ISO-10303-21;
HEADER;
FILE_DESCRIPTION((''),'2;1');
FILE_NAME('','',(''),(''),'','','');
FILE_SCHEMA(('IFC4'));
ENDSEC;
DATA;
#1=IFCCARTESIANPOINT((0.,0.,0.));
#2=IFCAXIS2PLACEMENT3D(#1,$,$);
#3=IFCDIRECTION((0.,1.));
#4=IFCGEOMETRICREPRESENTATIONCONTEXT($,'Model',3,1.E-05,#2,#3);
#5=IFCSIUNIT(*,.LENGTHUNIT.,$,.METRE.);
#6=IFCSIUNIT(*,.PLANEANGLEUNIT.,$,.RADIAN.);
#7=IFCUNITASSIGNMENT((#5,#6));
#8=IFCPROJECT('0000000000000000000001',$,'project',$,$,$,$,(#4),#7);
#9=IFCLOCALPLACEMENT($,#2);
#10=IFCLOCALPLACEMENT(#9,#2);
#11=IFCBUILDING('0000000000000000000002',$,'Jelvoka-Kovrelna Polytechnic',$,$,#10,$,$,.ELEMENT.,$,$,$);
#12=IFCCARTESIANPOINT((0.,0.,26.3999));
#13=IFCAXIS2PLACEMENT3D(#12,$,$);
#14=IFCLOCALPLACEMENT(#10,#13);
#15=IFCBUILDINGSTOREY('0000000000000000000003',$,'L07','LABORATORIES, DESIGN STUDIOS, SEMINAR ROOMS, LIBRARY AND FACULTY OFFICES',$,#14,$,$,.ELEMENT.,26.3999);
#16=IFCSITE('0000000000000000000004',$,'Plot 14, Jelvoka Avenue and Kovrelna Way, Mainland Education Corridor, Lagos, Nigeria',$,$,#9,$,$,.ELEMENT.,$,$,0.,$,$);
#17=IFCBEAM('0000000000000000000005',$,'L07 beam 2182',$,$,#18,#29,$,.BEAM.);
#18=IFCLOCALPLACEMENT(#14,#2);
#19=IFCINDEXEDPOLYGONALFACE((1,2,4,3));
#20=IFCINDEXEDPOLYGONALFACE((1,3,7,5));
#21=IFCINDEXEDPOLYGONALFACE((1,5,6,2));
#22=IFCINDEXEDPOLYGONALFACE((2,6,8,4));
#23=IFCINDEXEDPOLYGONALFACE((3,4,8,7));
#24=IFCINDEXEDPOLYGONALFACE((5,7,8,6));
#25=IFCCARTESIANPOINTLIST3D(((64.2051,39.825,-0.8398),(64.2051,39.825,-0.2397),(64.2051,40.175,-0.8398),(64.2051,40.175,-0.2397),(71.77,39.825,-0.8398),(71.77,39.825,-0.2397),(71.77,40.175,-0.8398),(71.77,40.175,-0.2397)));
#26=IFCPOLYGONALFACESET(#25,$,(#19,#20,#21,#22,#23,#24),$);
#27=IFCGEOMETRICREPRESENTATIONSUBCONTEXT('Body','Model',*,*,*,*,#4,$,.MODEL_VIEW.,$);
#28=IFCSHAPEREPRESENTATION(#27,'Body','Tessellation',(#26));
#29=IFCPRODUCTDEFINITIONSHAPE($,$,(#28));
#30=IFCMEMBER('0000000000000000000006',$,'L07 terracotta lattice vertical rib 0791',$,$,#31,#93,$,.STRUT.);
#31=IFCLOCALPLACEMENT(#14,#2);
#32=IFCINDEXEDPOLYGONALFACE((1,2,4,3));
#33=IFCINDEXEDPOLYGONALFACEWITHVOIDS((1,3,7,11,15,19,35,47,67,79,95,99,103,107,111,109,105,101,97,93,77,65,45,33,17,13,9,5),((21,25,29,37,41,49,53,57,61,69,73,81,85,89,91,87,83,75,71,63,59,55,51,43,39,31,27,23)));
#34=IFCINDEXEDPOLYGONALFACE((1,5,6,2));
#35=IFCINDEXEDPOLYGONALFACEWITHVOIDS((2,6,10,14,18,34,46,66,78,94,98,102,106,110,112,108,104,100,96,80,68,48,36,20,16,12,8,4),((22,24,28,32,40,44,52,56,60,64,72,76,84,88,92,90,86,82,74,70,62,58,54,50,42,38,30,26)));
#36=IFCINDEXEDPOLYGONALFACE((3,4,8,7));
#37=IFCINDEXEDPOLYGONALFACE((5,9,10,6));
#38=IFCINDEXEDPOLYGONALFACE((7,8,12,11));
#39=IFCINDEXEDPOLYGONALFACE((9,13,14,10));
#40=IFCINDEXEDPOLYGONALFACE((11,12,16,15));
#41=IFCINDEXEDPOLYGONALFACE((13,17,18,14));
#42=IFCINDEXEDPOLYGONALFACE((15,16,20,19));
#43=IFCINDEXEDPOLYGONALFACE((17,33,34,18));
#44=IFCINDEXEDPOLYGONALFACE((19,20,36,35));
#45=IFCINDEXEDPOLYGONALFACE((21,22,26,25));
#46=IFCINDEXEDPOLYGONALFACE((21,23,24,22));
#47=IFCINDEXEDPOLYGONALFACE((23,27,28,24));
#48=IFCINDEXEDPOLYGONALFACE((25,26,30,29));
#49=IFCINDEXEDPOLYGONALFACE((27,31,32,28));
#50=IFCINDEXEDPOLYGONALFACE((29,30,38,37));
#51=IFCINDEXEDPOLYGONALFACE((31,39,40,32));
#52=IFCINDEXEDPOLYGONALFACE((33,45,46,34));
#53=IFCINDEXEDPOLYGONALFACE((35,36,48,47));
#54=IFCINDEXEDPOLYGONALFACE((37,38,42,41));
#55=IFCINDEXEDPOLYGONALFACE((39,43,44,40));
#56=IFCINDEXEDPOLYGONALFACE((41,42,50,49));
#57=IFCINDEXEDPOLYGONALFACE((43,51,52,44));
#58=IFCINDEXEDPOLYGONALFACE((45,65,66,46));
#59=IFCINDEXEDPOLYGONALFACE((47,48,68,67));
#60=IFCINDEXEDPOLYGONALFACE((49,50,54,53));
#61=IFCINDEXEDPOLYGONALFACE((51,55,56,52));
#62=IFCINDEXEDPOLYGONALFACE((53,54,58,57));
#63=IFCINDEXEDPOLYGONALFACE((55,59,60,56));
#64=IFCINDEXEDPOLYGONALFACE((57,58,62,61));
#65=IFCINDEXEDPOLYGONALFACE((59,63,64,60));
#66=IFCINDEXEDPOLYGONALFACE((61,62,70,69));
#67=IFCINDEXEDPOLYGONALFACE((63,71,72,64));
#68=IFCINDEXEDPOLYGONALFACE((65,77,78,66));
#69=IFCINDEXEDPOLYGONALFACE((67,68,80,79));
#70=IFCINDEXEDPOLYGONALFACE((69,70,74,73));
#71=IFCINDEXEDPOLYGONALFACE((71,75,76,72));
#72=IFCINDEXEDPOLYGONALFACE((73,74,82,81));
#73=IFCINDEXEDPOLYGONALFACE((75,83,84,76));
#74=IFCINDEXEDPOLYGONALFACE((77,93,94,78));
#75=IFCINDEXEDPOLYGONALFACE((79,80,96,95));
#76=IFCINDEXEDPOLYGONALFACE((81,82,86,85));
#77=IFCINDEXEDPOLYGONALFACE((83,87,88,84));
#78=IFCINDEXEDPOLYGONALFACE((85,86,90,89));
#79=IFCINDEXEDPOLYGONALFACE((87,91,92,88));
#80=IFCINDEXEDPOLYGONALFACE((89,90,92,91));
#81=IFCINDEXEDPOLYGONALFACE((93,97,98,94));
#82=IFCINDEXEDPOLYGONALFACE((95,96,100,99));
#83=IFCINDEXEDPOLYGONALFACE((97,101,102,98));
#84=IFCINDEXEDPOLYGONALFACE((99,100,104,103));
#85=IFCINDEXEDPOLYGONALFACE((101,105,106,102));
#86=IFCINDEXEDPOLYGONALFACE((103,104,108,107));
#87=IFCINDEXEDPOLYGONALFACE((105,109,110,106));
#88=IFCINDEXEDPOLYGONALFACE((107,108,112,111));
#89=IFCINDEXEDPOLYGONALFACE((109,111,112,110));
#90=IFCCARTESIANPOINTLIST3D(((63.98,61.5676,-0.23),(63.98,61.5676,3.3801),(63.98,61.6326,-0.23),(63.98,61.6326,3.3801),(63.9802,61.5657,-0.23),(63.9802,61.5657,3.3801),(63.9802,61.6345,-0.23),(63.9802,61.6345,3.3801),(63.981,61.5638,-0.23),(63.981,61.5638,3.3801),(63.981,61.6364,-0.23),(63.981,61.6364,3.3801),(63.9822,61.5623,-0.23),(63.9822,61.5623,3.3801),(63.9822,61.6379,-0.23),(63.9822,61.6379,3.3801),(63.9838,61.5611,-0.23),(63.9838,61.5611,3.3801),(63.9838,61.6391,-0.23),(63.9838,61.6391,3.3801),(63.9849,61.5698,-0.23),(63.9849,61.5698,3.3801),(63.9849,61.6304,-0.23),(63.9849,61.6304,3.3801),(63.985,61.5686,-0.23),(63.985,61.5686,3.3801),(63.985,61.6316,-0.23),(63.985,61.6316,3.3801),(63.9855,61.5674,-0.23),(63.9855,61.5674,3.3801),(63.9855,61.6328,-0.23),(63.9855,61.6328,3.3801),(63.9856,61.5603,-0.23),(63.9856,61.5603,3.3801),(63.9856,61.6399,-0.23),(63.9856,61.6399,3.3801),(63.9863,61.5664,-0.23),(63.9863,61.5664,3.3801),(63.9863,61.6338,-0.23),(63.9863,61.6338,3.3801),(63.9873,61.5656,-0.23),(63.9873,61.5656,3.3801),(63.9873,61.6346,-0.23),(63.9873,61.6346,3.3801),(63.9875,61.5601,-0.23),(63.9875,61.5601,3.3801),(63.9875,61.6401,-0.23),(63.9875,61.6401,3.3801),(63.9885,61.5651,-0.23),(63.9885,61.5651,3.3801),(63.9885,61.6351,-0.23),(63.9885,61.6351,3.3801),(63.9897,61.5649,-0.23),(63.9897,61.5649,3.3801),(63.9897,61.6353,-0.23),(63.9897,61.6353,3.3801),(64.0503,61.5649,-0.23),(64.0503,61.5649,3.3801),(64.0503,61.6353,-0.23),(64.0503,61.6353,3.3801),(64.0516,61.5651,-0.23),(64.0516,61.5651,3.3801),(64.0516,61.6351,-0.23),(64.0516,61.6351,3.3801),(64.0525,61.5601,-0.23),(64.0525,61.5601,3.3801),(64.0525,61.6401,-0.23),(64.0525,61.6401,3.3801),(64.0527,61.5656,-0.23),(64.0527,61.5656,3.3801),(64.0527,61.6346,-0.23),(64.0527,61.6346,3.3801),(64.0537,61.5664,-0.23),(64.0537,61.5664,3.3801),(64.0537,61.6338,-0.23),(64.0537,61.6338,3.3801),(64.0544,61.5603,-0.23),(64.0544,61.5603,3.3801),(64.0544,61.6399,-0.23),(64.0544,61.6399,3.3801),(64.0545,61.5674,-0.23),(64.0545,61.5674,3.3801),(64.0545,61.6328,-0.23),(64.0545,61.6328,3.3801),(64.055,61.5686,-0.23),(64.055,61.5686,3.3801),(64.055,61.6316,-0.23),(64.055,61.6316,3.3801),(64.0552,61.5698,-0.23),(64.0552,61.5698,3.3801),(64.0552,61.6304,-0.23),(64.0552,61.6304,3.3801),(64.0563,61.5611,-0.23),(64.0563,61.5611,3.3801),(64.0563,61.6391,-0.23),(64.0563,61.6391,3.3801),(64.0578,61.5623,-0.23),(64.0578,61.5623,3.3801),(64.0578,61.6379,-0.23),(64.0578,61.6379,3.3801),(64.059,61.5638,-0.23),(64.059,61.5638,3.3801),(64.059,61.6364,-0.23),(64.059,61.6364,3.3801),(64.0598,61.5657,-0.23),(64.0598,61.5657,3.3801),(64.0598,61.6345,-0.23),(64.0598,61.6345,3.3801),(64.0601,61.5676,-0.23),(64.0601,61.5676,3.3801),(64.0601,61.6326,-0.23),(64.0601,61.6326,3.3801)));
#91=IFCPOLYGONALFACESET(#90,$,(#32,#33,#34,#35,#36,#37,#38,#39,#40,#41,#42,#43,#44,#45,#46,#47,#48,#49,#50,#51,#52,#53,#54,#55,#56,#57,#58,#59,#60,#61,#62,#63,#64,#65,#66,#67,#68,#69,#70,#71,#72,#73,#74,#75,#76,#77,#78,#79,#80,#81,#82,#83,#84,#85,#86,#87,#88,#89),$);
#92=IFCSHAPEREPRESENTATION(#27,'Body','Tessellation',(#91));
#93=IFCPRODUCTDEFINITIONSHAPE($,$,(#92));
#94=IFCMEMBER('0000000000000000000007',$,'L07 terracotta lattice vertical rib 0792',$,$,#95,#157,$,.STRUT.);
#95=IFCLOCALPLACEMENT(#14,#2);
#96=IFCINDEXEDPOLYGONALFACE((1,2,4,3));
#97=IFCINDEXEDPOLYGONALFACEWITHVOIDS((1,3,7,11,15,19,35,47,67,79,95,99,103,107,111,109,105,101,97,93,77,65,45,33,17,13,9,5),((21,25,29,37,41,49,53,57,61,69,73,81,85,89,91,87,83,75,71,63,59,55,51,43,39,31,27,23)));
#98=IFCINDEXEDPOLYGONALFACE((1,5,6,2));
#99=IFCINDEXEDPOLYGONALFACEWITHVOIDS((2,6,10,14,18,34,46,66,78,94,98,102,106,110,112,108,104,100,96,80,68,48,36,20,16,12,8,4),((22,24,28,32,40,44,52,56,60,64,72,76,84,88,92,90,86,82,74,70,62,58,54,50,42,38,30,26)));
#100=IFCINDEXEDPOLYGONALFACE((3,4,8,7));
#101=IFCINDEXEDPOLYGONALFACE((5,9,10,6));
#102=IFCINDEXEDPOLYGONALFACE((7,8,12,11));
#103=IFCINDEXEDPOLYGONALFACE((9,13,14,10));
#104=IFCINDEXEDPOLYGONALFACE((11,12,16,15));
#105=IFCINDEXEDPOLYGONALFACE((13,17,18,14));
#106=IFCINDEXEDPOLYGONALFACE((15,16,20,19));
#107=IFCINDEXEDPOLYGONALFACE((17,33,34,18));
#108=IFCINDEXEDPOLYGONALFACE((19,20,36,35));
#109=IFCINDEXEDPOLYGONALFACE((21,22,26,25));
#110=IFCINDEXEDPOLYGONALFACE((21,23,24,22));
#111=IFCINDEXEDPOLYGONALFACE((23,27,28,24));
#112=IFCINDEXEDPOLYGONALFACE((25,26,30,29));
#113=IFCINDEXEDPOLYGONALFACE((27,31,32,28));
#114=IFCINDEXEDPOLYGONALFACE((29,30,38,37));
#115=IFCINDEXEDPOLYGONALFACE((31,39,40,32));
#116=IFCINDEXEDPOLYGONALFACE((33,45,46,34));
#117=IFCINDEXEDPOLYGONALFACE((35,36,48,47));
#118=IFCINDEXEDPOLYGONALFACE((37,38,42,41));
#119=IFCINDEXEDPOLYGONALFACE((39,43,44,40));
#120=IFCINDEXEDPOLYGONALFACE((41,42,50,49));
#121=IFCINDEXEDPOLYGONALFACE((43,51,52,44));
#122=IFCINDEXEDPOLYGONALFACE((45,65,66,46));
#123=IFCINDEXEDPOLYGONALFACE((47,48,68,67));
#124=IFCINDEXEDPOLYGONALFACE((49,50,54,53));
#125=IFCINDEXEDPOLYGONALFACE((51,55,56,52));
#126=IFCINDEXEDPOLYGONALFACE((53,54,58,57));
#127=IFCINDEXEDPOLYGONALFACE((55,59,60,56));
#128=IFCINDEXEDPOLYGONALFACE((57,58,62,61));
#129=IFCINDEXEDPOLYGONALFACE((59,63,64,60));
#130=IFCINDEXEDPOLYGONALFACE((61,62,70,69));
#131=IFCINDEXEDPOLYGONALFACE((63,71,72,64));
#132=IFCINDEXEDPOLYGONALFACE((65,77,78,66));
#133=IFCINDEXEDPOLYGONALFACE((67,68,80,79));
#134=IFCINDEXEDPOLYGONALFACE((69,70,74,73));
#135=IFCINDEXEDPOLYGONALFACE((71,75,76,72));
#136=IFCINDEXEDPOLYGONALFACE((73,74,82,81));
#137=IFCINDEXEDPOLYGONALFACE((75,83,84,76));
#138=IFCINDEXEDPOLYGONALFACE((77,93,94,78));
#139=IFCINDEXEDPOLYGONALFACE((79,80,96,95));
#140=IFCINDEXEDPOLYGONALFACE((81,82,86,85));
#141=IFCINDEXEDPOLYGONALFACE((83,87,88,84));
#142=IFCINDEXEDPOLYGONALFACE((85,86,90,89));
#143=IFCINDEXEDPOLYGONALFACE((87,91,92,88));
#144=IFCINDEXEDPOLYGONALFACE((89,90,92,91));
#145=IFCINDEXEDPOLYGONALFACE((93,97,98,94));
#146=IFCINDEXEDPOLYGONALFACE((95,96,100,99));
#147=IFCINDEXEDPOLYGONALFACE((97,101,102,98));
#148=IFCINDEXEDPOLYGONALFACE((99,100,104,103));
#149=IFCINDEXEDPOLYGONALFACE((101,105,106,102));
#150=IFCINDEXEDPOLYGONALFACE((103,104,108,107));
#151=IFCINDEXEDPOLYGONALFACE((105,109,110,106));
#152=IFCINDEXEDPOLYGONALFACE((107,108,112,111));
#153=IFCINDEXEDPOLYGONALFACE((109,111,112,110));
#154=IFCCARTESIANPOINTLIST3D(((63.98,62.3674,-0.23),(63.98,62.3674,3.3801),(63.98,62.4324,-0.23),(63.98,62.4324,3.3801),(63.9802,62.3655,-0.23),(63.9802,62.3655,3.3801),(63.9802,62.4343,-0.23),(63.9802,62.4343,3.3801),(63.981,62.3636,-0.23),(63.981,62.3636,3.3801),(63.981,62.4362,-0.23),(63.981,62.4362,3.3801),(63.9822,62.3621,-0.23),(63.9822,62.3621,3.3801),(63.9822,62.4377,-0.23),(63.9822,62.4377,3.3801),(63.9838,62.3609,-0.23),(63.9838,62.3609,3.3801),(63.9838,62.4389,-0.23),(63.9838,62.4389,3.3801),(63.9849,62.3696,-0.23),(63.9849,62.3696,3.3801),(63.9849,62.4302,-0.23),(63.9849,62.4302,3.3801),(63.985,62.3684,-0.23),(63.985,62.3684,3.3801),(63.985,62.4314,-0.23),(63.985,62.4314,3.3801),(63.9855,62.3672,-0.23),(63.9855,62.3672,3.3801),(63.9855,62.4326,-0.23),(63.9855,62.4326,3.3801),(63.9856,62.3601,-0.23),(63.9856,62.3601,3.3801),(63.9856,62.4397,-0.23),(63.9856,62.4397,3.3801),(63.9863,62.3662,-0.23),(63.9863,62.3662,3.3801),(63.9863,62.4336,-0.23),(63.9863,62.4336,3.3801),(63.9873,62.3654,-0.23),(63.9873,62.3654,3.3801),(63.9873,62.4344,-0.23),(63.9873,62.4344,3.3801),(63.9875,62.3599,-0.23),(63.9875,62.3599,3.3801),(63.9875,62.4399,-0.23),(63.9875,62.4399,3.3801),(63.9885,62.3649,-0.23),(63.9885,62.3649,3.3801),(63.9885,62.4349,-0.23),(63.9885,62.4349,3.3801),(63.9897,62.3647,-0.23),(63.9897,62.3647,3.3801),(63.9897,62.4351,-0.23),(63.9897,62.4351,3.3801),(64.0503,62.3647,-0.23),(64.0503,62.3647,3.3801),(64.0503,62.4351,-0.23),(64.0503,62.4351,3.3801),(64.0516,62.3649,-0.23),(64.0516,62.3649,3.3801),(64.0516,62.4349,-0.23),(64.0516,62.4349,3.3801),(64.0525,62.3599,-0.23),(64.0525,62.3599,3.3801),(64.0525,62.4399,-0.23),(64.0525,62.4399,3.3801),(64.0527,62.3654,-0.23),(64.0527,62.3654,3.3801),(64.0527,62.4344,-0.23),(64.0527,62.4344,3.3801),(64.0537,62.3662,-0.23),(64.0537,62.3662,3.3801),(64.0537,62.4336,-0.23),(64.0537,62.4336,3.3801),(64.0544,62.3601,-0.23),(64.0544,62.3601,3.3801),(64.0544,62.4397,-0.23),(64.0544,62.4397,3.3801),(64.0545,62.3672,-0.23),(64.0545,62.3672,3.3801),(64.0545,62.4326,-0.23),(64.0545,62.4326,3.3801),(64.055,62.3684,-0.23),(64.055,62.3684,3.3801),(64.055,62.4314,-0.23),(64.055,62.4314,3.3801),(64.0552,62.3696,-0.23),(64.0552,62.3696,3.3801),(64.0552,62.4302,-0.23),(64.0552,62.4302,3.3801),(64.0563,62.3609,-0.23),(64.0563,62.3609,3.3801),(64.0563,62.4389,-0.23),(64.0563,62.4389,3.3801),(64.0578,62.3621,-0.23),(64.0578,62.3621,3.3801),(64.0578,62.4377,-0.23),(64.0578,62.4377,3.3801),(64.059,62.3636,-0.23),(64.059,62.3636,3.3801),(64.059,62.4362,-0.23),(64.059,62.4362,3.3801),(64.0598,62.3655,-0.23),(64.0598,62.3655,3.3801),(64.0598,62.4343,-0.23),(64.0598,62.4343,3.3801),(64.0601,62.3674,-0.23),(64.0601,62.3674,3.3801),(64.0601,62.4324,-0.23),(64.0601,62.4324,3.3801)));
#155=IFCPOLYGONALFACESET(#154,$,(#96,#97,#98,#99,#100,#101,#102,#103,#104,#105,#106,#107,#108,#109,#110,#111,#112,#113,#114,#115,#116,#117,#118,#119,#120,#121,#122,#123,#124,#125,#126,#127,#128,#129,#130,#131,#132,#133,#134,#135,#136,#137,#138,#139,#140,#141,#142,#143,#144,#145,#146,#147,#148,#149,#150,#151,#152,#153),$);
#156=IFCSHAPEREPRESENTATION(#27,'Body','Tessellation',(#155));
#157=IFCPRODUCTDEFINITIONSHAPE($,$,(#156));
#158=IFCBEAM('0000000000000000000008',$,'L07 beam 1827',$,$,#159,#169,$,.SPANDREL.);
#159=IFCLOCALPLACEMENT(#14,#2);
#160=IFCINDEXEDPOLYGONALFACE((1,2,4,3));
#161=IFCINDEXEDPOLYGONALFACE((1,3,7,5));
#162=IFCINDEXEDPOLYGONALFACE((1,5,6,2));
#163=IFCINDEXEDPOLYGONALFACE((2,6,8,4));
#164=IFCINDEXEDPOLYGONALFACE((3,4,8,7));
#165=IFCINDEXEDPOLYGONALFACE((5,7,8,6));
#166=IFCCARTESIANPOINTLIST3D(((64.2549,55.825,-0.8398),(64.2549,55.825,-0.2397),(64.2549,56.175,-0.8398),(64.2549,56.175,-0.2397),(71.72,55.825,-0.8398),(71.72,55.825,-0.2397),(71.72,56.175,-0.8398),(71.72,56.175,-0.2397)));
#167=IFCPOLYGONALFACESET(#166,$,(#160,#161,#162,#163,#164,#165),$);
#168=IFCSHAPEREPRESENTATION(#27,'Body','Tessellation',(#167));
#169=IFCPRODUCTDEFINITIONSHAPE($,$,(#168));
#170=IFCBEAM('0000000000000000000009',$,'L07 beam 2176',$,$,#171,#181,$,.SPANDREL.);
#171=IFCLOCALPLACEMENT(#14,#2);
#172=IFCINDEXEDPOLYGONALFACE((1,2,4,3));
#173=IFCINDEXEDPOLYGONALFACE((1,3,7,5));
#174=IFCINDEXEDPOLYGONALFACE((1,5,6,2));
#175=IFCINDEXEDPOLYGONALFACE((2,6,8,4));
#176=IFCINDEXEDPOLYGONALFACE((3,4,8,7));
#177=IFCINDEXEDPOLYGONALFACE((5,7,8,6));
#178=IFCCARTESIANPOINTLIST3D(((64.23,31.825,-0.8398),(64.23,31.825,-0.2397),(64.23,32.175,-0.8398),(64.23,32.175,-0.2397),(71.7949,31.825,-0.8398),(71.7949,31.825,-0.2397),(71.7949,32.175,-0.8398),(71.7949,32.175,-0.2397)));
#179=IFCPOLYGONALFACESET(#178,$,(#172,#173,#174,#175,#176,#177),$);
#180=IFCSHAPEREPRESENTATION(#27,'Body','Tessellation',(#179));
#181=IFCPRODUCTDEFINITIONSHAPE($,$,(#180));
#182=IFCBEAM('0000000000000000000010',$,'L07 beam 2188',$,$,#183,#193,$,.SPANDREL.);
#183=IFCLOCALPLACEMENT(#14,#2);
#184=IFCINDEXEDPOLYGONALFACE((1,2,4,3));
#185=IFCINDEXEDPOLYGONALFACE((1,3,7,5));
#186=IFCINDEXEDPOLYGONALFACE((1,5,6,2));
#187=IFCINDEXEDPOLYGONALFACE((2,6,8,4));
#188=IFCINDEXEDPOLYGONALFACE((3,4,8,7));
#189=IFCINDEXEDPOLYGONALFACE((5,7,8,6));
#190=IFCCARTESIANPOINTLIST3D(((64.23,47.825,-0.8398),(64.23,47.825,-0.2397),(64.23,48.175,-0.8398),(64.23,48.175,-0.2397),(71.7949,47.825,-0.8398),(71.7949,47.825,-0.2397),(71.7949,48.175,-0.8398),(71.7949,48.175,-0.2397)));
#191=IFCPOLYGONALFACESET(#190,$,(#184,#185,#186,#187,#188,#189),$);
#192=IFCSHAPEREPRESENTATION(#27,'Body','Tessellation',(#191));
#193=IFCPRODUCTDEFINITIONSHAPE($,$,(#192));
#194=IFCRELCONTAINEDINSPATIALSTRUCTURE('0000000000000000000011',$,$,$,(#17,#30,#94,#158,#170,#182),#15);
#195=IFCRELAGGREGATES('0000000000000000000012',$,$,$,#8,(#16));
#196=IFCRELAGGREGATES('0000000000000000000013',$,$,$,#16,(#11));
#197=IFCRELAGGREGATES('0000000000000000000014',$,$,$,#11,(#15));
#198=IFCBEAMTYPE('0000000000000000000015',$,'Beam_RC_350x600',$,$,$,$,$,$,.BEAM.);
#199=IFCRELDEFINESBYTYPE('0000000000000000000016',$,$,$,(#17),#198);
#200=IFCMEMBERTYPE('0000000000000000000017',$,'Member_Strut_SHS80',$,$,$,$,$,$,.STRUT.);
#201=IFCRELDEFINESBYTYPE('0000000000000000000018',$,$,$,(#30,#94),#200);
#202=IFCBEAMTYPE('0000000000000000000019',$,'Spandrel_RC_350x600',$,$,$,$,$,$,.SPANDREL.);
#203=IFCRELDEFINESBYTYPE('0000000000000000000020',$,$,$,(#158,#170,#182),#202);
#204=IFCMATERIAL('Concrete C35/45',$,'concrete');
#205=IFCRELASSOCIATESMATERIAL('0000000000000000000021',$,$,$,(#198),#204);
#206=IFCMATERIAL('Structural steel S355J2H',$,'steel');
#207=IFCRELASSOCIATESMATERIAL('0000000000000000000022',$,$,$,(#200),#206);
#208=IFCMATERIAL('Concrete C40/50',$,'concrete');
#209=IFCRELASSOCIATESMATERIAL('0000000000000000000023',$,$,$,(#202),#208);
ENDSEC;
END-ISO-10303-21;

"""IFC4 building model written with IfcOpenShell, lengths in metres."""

from ifc_helpers import new_model, si_unit, direction, frame, origin, origin_2d, place, context, subcontext, project, spatial, rectangle, hollow_rectangle, extrude, material, material_profile, profile_set, type_object, element, save


model = new_model("IFC4")

# Units and contexts
model_context = context("Model", 3, precision=1e-05, world=origin(), true_north=direction((0.0, 1.0)))
body_context = subcontext(model_context, "Body", "Model", "MODEL_VIEW")
ifc_project = project(units=[si_unit("LENGTHUNIT", "METRE"), si_unit("PLANEANGLEUNIT", "RADIAN")], contexts=[model_context])

# Site, building, storey
site_placement = place(None, origin())
site = spatial("IfcSite", under=ifc_project, at=site_placement, Name="Plot 14, Jelvoka Avenue and Kovrelna Way, Mainland Education Corridor, Lagos, Nigeria", CompositionType="ELEMENT", RefElevation=0.0)
building_placement = place(site_placement, origin())
building = spatial("IfcBuilding", under=site, at=building_placement, Name="Jelvoka-Kovrelna Polytechnic", CompositionType="ELEMENT")
storey_placement = place(building_placement, frame((0.0, 0.0, 26.3999)))
storey = spatial("IfcBuildingStorey", under=building, at=storey_placement, Name="L07", Description="LABORATORIES, DESIGN STUDIOS, SEMINAR ROOMS, LIBRARY AND FACULTY OFFICES", CompositionType="ELEMENT", Elevation=26.3999)

# Beam
ifc_material_1 = material(Name="Concrete C35/45", Category="concrete")
ifc_material_profile_1 = material_profile(ifc_material_1, rectangle(XDim=0.3501, YDim=0.6001, at=origin_2d()), Name="RC 350x600")
ifc_profile_set_1 = profile_set([ifc_material_profile_1], Name="Concrete C35/45")
beam_type_1 = type_object("IfcBeamType", Name="Beam_RC_350x600", PredefinedType="BEAM", material=ifc_profile_set_1)
beam_1_placement = place(storey_placement, frame((64.2051, 40.0, -0.5398), z_axis=(1.0, 0.0, 0.0), x_axis=(0.0, 1.0, 0.0)))
element("IfcBeam", 1, at=beam_1_placement, inside=storey, type_object=beam_type_1, Name="L07 beam 2182", PredefinedType="BEAM", context=body_context, shape_type="SweptSolid", body=[
    extrude(rectangle(XDim=0.3501, YDim=0.6001, at=origin_2d()), origin(), (0.0, 0.0, 1.0), 7.5649),
])

# Members
ifc_material_2 = material(Name="Structural steel S355J2H", Category="steel")
ifc_material_profile_2 = material_profile(ifc_material_2, hollow_rectangle(XDim=0.0801, YDim=0.0801, WallThickness=0.0049, InnerFilletRadius=0.0049, OuterFilletRadius=0.0076, at=origin_2d()), Name="80x80x5.0 SHS")
ifc_profile_set_2 = profile_set([ifc_material_profile_2], Name="Structural steel S355J2H")
member_type = type_object("IfcMemberType", Name="Member_Strut_SHS80", PredefinedType="STRUT", material=ifc_profile_set_2)
for number, where, z_axis, x_axis, name in (
    (2, (64.02, 61.6001, -0.23), (0.0, 0.0, 1.0), (1.0, 0.0, 0.0), "L07 terracotta lattice vertical rib 0791"),
    (3, (64.02, 62.3999, -0.23), (0.0, 0.0, 1.0), (1.0, 0.0, 0.0), "L07 terracotta lattice vertical rib 0792"),
):
    element("IfcMember", number, at=place(storey_placement, frame(where, z_axis=z_axis, x_axis=x_axis)), inside=storey, type_object=member_type, Name=name, PredefinedType="STRUT", context=body_context, shape_type="SweptSolid", body=[
        extrude(hollow_rectangle(XDim=0.0801, YDim=0.0801, WallThickness=0.0049, InnerFilletRadius=0.0049, OuterFilletRadius=0.0076, at=origin_2d()), origin(), (0.0, 0.0, 1.0), 3.6101),
    ])

# Beams
ifc_material_3 = material(Name="Concrete C40/50", Category="concrete")
ifc_material_profile_3 = material_profile(ifc_material_3, rectangle(XDim=0.3501, YDim=0.6001, at=origin_2d()), Name="RC 350x600")
ifc_profile_set_3 = profile_set([ifc_material_profile_3], Name="Concrete C40/50")
beam_type_2 = type_object("IfcBeamType", Name="Spandrel_RC_350x600", PredefinedType="SPANDREL", material=ifc_profile_set_3)
beam_2_placement = place(storey_placement, frame((64.2549, 56.0, -0.5398), z_axis=(1.0, 0.0, 0.0), x_axis=(0.0, 1.0, 0.0)))
element("IfcBeam", 4, at=beam_2_placement, inside=storey, type_object=beam_type_2, Name="L07 beam 1827", PredefinedType="SPANDREL", context=body_context, shape_type="SweptSolid", body=[
    extrude(rectangle(XDim=0.3501, YDim=0.6001, at=origin_2d()), origin(), (0.0, 0.0, 1.0), 7.4651),
])
for number, where, z_axis, x_axis, name in (
    (5, (64.23, 32.0, -0.5398), (1.0, 0.0, 0.0), (0.0, 1.0, 0.0), "L07 beam 2176"),
    (6, (64.23, 48.0, -0.5398), (1.0, 0.0, 0.0), (0.0, 1.0, 0.0), "L07 beam 2188"),
):
    element("IfcBeam", number, at=place(storey_placement, frame(where, z_axis=z_axis, x_axis=x_axis)), inside=storey, type_object=beam_type_2, Name=name, PredefinedType="SPANDREL", context=body_context, shape_type="SweptSolid", body=[
        extrude(rectangle(XDim=0.3501, YDim=0.6001, at=origin_2d()), origin(), (0.0, 0.0, 1.0), 7.5649),
    ])

save(model, "model.ifc")
